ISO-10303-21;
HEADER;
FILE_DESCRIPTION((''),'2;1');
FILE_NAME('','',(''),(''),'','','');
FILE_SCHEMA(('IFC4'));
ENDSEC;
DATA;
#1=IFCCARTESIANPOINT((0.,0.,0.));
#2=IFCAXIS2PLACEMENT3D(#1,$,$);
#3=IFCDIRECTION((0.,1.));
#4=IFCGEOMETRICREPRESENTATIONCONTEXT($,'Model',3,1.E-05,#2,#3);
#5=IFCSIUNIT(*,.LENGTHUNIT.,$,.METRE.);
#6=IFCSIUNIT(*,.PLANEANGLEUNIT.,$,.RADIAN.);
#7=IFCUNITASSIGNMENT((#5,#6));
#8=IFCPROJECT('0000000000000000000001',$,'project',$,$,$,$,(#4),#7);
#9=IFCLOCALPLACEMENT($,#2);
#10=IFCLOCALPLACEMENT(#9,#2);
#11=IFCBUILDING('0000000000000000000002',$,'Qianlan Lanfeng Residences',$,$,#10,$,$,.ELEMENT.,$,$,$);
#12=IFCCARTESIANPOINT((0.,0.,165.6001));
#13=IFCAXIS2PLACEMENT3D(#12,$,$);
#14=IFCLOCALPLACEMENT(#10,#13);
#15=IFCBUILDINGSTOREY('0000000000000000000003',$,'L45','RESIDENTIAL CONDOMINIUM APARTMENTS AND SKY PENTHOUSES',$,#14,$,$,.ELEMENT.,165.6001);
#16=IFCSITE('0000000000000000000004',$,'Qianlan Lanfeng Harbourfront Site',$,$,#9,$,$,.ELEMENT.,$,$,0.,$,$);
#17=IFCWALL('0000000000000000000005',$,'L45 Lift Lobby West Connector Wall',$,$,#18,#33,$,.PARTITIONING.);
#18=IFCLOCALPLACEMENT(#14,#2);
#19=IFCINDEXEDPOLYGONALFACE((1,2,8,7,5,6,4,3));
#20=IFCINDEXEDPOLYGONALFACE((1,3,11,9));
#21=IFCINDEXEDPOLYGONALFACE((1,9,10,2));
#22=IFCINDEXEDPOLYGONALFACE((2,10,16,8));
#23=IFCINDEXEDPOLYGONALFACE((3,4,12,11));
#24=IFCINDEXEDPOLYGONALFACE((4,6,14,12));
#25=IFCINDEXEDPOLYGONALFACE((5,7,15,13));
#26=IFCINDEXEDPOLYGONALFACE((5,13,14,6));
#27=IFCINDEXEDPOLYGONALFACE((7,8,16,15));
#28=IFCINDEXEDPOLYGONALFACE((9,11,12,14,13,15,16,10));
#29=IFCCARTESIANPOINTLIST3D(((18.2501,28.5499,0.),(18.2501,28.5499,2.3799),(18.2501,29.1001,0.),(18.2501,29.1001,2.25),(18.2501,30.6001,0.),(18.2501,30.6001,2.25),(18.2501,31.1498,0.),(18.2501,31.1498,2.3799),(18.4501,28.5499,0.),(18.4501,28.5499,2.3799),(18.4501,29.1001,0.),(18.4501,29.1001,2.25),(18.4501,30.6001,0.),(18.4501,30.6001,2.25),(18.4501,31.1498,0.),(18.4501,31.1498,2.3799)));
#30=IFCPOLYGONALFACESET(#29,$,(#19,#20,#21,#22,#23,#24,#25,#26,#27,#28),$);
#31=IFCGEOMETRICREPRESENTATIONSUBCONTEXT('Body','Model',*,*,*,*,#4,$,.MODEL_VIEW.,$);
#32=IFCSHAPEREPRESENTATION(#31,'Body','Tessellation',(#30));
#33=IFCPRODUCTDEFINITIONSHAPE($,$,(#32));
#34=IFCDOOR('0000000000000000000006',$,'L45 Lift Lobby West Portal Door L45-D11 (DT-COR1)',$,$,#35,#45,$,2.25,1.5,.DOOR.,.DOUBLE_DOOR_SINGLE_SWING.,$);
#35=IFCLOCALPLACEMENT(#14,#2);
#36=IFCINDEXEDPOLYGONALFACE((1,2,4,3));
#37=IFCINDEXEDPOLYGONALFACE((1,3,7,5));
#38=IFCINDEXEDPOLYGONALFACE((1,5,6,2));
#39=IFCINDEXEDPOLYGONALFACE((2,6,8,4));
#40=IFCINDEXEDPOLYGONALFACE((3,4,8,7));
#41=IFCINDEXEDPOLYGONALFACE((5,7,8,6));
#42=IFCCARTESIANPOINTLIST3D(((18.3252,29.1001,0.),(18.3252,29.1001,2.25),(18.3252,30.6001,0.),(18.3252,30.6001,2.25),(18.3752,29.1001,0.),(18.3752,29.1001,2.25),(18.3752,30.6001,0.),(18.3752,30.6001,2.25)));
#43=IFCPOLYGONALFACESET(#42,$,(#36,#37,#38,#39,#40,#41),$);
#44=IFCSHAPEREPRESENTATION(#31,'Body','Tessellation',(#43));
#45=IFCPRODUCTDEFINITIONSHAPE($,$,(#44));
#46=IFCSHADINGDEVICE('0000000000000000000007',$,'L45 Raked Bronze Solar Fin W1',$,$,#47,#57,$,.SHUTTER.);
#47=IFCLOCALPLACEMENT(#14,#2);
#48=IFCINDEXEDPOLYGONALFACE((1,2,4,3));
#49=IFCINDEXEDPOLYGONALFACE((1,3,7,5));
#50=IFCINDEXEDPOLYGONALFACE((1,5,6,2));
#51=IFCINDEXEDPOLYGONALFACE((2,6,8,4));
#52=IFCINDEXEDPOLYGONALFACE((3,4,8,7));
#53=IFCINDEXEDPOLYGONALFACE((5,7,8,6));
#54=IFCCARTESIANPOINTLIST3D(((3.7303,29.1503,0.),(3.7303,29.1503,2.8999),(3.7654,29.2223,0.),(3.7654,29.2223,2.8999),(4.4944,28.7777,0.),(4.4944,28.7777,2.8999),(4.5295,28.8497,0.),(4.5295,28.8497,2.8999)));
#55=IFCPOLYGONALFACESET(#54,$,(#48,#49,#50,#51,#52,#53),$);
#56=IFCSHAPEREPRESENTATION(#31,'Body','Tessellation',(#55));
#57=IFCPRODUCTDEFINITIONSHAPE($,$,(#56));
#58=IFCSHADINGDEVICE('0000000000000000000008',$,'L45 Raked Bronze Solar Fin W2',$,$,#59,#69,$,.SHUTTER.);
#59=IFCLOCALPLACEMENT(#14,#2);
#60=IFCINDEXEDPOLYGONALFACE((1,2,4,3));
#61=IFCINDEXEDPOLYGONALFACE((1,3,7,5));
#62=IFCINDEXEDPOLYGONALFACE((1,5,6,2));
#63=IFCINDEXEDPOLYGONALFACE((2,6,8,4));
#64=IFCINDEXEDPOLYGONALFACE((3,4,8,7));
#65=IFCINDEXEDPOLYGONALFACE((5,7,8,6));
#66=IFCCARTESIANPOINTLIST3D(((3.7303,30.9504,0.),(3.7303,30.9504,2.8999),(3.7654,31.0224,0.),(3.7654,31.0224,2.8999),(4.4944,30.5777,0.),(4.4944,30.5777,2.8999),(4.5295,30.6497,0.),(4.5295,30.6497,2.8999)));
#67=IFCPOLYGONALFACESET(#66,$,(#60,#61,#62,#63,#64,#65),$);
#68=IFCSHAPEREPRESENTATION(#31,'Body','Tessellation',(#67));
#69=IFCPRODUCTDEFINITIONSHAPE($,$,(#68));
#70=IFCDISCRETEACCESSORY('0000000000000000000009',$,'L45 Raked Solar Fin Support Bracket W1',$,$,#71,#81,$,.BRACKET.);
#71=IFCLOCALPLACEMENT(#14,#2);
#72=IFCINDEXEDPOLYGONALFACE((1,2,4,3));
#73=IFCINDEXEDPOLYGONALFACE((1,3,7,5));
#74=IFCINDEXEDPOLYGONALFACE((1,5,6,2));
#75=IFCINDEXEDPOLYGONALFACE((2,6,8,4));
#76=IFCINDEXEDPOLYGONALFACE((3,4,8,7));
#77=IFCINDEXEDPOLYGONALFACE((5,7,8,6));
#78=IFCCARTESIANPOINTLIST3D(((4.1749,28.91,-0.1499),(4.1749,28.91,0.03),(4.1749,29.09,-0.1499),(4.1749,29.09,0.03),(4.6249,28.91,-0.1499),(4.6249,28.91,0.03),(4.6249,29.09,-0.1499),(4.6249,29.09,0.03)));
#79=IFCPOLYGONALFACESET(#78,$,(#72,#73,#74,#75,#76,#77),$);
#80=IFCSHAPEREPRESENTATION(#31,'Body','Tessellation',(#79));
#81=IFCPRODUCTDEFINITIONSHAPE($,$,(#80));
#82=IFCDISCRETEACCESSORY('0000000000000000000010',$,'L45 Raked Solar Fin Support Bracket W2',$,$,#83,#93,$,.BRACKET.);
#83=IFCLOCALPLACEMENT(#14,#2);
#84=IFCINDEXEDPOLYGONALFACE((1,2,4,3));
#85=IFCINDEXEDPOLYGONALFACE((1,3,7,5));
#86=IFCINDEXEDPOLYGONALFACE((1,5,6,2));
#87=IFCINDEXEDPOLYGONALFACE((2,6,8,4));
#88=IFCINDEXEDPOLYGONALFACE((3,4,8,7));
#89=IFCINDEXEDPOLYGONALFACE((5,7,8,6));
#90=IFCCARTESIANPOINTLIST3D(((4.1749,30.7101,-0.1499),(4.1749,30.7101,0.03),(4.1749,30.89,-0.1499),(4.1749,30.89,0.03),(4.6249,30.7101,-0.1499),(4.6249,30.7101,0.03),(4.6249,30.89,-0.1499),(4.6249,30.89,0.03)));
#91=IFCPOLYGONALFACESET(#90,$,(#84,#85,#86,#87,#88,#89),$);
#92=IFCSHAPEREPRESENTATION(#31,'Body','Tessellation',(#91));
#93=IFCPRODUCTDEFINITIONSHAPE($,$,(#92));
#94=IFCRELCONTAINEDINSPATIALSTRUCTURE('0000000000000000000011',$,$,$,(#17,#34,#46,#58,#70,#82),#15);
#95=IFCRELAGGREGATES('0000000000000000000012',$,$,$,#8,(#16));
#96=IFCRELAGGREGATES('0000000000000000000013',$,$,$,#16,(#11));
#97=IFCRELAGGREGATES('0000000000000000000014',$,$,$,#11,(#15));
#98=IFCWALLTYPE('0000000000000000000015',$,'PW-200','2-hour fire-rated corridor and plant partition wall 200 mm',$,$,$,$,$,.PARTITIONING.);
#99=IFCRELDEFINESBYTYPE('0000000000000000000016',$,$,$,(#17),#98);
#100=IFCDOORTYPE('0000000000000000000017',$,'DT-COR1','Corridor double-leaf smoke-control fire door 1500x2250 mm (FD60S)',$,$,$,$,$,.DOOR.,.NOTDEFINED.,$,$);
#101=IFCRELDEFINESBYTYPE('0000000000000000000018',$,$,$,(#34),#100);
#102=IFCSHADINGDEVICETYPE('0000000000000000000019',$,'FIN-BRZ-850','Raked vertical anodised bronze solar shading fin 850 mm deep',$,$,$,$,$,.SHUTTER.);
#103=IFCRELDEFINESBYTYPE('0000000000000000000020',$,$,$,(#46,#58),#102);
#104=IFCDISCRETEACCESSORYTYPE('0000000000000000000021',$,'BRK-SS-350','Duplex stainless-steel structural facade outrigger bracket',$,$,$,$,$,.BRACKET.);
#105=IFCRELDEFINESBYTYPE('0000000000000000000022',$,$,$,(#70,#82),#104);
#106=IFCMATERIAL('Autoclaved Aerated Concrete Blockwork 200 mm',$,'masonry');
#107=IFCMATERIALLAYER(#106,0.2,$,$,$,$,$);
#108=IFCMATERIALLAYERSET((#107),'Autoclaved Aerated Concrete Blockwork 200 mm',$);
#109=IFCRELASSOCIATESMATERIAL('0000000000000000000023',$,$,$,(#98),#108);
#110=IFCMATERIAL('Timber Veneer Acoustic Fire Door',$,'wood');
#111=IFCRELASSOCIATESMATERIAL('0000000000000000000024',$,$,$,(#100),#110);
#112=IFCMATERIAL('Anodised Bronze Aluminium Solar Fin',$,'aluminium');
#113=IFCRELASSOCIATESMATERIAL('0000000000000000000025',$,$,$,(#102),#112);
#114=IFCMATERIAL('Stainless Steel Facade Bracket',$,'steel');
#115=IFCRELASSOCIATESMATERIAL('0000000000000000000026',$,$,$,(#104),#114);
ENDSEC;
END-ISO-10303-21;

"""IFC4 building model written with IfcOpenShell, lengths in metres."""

from ifc_helpers import new_model, si_unit, direction, frame, frame_2d, origin, origin_2d, place, context, subcontext, project, spatial, rectangle, extrude, source, transform, mapped, material, layer, layer_set, type_object, element, fill, save


model = new_model("IFC4")

# Units and contexts
model_context = context("Model", 3, precision=1e-05, world=origin(), true_north=direction((0.0, 1.0)))
body_context = subcontext(model_context, "Body", "Model", "MODEL_VIEW")
ifc_project = project(units=[si_unit("LENGTHUNIT", "METRE"), si_unit("PLANEANGLEUNIT", "RADIAN")], contexts=[model_context])

# Site, building, storey
site_placement = place(None, origin())
site = spatial("IfcSite", under=ifc_project, at=site_placement, Name="Qianlan Lanfeng Harbourfront Site", CompositionType="ELEMENT", RefElevation=0.0)
building_placement = place(site_placement, origin())
building = spatial("IfcBuilding", under=site, at=building_placement, Name="Qianlan Lanfeng Residences", CompositionType="ELEMENT")
storey_placement = place(building_placement, frame((0.0, 0.0, 165.6001)))
storey = spatial("IfcBuildingStorey", under=building, at=storey_placement, Name="L45", Description="RESIDENTIAL CONDOMINIUM APARTMENTS AND SKY PENTHOUSES", CompositionType="ELEMENT", Elevation=165.6001)

# Wall, opening, door
ifc_material_1 = material(Name="Autoclaved Aerated Concrete Blockwork 200 mm", Category="masonry")
ifc_layer_1 = layer(ifc_material_1, 0.2)
ifc_layer_set_1 = layer_set([ifc_layer_1], Name="Autoclaved Aerated Concrete Blockwork 200 mm")
wall_type_1 = type_object("IfcWallType", Name="PW-200", Description="2-hour fire-rated corridor and plant partition wall 200 mm", PredefinedType="PARTITIONING", material=ifc_layer_set_1)
wall_1_placement = place(storey_placement, frame((18.3501, 28.55, 0.0), z_axis=(0.0, 0.0, 1.0), x_axis=(0.0, 1.0, 0.0)))
wall_1 = element("IfcWall", 1, at=wall_1_placement, inside=storey, type_object=wall_type_1, Name="L45 Lift Lobby West Connector Wall", PredefinedType="PARTITIONING", context=body_context, shape_type="SweptSolid", body=[
    extrude(rectangle(XDim=2.5999, YDim=0.2, at=frame_2d((1.2998, 0.0))), origin(), (0.0, 0.0, 1.0), 2.3799),
])
opening_1_placement = place(wall_1_placement, frame((0.55, 0.0, 0.0)))
opening_1 = element("IfcOpeningElement", 2, at=opening_1_placement, cuts=wall_1, PredefinedType="OPENING", context=body_context, shape_type="SweptSolid", body=[
    extrude(rectangle(XDim=1.5, YDim=2.25, at=frame_2d((0.75, 1.125))), frame((0.0, 0.1099, 0.0), z_axis=(0.0, -1.0, 0.0), x_axis=(1.0, 0.0, 0.0)), (0.0, 0.0, 1.0), 0.22),
])
ifc_material_2 = material(Name="Timber Veneer Acoustic Fire Door", Category="wood")
door_type_1 = type_object("IfcDoorType", Name="DT-COR1", Description="Corridor double-leaf smoke-control fire door 1500x2250 mm (FD60S)", OperationType="NOTDEFINED", PredefinedType="DOOR", material=ifc_material_2)
door_1_placement = place(opening_1_placement, origin())
door_1 = element("IfcDoor", 3, at=door_1_placement, inside=storey, type_object=door_type_1, Name="L45 Lift Lobby West Portal Door L45-D11 (DT-COR1)", OperationType="DOUBLE_DOOR_SINGLE_SWING", OverallHeight=2.25, OverallWidth=1.5, PredefinedType="DOOR", context=body_context, shape_type="SweptSolid", body=[
    extrude(rectangle(XDim=1.5, YDim=2.25, at=frame_2d((0.75, 1.125))), frame((0.0, 0.0249, 0.0), z_axis=(0.0, -1.0, 0.0), x_axis=(1.0, 0.0, 0.0)), (0.0, 0.0, 1.0), 0.05),
])
fill(opening_1, door_1)

# Shading devices
ifc_material_3 = material(Name="Anodised Bronze Aluminium Solar Fin", Category="aluminium")
shading_device_type = type_object("IfcShadingDeviceType", Name="FIN-BRZ-850", Description="Raked vertical anodised bronze solar shading fin 850 mm deep", PredefinedType="SHUTTER", material=ifc_material_3)
shared_shape_1 = source(origin(), body_context, "Body", "SweptSolid", [
    extrude(rectangle(XDim=0.8501, YDim=0.0801, at=origin_2d()), origin(), (0.0, 0.0, 1.0), 2.8999),
])
for number, where, z_axis, x_axis, name in (
    (4, (4.1299, 29.0, 0.0), (0.0, 0.0, 1.0), (0.898794, -0.438371, 0.0), "L45 Raked Bronze Solar Fin W1"),
    (5, (4.1299, 30.8, 0.0), (0.0, 0.0, 1.0), (0.898794, -0.438371, 0.0), "L45 Raked Bronze Solar Fin W2"),
):
    element("IfcShadingDevice", number, at=place(storey_placement, frame(where, z_axis=z_axis, x_axis=x_axis)), inside=storey, type_object=shading_device_type, Name=name, PredefinedType="SHUTTER", context=body_context, shape_type="MappedRepresentation", body=[
        mapped(shared_shape_1, transform((0.0, 0.0, 0.0), scale=1.0)),
    ])

# Discrete accessories
ifc_material_4 = material(Name="Stainless Steel Facade Bracket", Category="steel")
discrete_accessory_type = type_object("IfcDiscreteAccessoryType", Name="BRK-SS-350", Description="Duplex stainless-steel structural facade outrigger bracket", PredefinedType="BRACKET", material=ifc_material_4)
shared_shape_2 = source(origin(), body_context, "Body", "SweptSolid", [
    extrude(rectangle(XDim=0.45, YDim=0.1799, at=origin_2d()), origin(), (0.0, 0.0, 1.0), 0.1799),
])
for number, where, z_axis, x_axis, name in (
    (6, (4.3999, 29.0, -0.1499), (0.0, 0.0, 1.0), (1.0, 0.0, 0.0), "L45 Raked Solar Fin Support Bracket W1"),
    (7, (4.3999, 30.8, -0.1499), (0.0, 0.0, 1.0), (1.0, 0.0, 0.0), "L45 Raked Solar Fin Support Bracket W2"),
):
    element("IfcDiscreteAccessory", number, at=place(storey_placement, frame(where, z_axis=z_axis, x_axis=x_axis)), inside=storey, type_object=discrete_accessory_type, Name=name, PredefinedType="BRACKET", context=body_context, shape_type="MappedRepresentation", body=[
        mapped(shared_shape_2, transform((0.0, 0.0, 0.0), scale=1.0)),
    ])

save(model, "model.ifc")
